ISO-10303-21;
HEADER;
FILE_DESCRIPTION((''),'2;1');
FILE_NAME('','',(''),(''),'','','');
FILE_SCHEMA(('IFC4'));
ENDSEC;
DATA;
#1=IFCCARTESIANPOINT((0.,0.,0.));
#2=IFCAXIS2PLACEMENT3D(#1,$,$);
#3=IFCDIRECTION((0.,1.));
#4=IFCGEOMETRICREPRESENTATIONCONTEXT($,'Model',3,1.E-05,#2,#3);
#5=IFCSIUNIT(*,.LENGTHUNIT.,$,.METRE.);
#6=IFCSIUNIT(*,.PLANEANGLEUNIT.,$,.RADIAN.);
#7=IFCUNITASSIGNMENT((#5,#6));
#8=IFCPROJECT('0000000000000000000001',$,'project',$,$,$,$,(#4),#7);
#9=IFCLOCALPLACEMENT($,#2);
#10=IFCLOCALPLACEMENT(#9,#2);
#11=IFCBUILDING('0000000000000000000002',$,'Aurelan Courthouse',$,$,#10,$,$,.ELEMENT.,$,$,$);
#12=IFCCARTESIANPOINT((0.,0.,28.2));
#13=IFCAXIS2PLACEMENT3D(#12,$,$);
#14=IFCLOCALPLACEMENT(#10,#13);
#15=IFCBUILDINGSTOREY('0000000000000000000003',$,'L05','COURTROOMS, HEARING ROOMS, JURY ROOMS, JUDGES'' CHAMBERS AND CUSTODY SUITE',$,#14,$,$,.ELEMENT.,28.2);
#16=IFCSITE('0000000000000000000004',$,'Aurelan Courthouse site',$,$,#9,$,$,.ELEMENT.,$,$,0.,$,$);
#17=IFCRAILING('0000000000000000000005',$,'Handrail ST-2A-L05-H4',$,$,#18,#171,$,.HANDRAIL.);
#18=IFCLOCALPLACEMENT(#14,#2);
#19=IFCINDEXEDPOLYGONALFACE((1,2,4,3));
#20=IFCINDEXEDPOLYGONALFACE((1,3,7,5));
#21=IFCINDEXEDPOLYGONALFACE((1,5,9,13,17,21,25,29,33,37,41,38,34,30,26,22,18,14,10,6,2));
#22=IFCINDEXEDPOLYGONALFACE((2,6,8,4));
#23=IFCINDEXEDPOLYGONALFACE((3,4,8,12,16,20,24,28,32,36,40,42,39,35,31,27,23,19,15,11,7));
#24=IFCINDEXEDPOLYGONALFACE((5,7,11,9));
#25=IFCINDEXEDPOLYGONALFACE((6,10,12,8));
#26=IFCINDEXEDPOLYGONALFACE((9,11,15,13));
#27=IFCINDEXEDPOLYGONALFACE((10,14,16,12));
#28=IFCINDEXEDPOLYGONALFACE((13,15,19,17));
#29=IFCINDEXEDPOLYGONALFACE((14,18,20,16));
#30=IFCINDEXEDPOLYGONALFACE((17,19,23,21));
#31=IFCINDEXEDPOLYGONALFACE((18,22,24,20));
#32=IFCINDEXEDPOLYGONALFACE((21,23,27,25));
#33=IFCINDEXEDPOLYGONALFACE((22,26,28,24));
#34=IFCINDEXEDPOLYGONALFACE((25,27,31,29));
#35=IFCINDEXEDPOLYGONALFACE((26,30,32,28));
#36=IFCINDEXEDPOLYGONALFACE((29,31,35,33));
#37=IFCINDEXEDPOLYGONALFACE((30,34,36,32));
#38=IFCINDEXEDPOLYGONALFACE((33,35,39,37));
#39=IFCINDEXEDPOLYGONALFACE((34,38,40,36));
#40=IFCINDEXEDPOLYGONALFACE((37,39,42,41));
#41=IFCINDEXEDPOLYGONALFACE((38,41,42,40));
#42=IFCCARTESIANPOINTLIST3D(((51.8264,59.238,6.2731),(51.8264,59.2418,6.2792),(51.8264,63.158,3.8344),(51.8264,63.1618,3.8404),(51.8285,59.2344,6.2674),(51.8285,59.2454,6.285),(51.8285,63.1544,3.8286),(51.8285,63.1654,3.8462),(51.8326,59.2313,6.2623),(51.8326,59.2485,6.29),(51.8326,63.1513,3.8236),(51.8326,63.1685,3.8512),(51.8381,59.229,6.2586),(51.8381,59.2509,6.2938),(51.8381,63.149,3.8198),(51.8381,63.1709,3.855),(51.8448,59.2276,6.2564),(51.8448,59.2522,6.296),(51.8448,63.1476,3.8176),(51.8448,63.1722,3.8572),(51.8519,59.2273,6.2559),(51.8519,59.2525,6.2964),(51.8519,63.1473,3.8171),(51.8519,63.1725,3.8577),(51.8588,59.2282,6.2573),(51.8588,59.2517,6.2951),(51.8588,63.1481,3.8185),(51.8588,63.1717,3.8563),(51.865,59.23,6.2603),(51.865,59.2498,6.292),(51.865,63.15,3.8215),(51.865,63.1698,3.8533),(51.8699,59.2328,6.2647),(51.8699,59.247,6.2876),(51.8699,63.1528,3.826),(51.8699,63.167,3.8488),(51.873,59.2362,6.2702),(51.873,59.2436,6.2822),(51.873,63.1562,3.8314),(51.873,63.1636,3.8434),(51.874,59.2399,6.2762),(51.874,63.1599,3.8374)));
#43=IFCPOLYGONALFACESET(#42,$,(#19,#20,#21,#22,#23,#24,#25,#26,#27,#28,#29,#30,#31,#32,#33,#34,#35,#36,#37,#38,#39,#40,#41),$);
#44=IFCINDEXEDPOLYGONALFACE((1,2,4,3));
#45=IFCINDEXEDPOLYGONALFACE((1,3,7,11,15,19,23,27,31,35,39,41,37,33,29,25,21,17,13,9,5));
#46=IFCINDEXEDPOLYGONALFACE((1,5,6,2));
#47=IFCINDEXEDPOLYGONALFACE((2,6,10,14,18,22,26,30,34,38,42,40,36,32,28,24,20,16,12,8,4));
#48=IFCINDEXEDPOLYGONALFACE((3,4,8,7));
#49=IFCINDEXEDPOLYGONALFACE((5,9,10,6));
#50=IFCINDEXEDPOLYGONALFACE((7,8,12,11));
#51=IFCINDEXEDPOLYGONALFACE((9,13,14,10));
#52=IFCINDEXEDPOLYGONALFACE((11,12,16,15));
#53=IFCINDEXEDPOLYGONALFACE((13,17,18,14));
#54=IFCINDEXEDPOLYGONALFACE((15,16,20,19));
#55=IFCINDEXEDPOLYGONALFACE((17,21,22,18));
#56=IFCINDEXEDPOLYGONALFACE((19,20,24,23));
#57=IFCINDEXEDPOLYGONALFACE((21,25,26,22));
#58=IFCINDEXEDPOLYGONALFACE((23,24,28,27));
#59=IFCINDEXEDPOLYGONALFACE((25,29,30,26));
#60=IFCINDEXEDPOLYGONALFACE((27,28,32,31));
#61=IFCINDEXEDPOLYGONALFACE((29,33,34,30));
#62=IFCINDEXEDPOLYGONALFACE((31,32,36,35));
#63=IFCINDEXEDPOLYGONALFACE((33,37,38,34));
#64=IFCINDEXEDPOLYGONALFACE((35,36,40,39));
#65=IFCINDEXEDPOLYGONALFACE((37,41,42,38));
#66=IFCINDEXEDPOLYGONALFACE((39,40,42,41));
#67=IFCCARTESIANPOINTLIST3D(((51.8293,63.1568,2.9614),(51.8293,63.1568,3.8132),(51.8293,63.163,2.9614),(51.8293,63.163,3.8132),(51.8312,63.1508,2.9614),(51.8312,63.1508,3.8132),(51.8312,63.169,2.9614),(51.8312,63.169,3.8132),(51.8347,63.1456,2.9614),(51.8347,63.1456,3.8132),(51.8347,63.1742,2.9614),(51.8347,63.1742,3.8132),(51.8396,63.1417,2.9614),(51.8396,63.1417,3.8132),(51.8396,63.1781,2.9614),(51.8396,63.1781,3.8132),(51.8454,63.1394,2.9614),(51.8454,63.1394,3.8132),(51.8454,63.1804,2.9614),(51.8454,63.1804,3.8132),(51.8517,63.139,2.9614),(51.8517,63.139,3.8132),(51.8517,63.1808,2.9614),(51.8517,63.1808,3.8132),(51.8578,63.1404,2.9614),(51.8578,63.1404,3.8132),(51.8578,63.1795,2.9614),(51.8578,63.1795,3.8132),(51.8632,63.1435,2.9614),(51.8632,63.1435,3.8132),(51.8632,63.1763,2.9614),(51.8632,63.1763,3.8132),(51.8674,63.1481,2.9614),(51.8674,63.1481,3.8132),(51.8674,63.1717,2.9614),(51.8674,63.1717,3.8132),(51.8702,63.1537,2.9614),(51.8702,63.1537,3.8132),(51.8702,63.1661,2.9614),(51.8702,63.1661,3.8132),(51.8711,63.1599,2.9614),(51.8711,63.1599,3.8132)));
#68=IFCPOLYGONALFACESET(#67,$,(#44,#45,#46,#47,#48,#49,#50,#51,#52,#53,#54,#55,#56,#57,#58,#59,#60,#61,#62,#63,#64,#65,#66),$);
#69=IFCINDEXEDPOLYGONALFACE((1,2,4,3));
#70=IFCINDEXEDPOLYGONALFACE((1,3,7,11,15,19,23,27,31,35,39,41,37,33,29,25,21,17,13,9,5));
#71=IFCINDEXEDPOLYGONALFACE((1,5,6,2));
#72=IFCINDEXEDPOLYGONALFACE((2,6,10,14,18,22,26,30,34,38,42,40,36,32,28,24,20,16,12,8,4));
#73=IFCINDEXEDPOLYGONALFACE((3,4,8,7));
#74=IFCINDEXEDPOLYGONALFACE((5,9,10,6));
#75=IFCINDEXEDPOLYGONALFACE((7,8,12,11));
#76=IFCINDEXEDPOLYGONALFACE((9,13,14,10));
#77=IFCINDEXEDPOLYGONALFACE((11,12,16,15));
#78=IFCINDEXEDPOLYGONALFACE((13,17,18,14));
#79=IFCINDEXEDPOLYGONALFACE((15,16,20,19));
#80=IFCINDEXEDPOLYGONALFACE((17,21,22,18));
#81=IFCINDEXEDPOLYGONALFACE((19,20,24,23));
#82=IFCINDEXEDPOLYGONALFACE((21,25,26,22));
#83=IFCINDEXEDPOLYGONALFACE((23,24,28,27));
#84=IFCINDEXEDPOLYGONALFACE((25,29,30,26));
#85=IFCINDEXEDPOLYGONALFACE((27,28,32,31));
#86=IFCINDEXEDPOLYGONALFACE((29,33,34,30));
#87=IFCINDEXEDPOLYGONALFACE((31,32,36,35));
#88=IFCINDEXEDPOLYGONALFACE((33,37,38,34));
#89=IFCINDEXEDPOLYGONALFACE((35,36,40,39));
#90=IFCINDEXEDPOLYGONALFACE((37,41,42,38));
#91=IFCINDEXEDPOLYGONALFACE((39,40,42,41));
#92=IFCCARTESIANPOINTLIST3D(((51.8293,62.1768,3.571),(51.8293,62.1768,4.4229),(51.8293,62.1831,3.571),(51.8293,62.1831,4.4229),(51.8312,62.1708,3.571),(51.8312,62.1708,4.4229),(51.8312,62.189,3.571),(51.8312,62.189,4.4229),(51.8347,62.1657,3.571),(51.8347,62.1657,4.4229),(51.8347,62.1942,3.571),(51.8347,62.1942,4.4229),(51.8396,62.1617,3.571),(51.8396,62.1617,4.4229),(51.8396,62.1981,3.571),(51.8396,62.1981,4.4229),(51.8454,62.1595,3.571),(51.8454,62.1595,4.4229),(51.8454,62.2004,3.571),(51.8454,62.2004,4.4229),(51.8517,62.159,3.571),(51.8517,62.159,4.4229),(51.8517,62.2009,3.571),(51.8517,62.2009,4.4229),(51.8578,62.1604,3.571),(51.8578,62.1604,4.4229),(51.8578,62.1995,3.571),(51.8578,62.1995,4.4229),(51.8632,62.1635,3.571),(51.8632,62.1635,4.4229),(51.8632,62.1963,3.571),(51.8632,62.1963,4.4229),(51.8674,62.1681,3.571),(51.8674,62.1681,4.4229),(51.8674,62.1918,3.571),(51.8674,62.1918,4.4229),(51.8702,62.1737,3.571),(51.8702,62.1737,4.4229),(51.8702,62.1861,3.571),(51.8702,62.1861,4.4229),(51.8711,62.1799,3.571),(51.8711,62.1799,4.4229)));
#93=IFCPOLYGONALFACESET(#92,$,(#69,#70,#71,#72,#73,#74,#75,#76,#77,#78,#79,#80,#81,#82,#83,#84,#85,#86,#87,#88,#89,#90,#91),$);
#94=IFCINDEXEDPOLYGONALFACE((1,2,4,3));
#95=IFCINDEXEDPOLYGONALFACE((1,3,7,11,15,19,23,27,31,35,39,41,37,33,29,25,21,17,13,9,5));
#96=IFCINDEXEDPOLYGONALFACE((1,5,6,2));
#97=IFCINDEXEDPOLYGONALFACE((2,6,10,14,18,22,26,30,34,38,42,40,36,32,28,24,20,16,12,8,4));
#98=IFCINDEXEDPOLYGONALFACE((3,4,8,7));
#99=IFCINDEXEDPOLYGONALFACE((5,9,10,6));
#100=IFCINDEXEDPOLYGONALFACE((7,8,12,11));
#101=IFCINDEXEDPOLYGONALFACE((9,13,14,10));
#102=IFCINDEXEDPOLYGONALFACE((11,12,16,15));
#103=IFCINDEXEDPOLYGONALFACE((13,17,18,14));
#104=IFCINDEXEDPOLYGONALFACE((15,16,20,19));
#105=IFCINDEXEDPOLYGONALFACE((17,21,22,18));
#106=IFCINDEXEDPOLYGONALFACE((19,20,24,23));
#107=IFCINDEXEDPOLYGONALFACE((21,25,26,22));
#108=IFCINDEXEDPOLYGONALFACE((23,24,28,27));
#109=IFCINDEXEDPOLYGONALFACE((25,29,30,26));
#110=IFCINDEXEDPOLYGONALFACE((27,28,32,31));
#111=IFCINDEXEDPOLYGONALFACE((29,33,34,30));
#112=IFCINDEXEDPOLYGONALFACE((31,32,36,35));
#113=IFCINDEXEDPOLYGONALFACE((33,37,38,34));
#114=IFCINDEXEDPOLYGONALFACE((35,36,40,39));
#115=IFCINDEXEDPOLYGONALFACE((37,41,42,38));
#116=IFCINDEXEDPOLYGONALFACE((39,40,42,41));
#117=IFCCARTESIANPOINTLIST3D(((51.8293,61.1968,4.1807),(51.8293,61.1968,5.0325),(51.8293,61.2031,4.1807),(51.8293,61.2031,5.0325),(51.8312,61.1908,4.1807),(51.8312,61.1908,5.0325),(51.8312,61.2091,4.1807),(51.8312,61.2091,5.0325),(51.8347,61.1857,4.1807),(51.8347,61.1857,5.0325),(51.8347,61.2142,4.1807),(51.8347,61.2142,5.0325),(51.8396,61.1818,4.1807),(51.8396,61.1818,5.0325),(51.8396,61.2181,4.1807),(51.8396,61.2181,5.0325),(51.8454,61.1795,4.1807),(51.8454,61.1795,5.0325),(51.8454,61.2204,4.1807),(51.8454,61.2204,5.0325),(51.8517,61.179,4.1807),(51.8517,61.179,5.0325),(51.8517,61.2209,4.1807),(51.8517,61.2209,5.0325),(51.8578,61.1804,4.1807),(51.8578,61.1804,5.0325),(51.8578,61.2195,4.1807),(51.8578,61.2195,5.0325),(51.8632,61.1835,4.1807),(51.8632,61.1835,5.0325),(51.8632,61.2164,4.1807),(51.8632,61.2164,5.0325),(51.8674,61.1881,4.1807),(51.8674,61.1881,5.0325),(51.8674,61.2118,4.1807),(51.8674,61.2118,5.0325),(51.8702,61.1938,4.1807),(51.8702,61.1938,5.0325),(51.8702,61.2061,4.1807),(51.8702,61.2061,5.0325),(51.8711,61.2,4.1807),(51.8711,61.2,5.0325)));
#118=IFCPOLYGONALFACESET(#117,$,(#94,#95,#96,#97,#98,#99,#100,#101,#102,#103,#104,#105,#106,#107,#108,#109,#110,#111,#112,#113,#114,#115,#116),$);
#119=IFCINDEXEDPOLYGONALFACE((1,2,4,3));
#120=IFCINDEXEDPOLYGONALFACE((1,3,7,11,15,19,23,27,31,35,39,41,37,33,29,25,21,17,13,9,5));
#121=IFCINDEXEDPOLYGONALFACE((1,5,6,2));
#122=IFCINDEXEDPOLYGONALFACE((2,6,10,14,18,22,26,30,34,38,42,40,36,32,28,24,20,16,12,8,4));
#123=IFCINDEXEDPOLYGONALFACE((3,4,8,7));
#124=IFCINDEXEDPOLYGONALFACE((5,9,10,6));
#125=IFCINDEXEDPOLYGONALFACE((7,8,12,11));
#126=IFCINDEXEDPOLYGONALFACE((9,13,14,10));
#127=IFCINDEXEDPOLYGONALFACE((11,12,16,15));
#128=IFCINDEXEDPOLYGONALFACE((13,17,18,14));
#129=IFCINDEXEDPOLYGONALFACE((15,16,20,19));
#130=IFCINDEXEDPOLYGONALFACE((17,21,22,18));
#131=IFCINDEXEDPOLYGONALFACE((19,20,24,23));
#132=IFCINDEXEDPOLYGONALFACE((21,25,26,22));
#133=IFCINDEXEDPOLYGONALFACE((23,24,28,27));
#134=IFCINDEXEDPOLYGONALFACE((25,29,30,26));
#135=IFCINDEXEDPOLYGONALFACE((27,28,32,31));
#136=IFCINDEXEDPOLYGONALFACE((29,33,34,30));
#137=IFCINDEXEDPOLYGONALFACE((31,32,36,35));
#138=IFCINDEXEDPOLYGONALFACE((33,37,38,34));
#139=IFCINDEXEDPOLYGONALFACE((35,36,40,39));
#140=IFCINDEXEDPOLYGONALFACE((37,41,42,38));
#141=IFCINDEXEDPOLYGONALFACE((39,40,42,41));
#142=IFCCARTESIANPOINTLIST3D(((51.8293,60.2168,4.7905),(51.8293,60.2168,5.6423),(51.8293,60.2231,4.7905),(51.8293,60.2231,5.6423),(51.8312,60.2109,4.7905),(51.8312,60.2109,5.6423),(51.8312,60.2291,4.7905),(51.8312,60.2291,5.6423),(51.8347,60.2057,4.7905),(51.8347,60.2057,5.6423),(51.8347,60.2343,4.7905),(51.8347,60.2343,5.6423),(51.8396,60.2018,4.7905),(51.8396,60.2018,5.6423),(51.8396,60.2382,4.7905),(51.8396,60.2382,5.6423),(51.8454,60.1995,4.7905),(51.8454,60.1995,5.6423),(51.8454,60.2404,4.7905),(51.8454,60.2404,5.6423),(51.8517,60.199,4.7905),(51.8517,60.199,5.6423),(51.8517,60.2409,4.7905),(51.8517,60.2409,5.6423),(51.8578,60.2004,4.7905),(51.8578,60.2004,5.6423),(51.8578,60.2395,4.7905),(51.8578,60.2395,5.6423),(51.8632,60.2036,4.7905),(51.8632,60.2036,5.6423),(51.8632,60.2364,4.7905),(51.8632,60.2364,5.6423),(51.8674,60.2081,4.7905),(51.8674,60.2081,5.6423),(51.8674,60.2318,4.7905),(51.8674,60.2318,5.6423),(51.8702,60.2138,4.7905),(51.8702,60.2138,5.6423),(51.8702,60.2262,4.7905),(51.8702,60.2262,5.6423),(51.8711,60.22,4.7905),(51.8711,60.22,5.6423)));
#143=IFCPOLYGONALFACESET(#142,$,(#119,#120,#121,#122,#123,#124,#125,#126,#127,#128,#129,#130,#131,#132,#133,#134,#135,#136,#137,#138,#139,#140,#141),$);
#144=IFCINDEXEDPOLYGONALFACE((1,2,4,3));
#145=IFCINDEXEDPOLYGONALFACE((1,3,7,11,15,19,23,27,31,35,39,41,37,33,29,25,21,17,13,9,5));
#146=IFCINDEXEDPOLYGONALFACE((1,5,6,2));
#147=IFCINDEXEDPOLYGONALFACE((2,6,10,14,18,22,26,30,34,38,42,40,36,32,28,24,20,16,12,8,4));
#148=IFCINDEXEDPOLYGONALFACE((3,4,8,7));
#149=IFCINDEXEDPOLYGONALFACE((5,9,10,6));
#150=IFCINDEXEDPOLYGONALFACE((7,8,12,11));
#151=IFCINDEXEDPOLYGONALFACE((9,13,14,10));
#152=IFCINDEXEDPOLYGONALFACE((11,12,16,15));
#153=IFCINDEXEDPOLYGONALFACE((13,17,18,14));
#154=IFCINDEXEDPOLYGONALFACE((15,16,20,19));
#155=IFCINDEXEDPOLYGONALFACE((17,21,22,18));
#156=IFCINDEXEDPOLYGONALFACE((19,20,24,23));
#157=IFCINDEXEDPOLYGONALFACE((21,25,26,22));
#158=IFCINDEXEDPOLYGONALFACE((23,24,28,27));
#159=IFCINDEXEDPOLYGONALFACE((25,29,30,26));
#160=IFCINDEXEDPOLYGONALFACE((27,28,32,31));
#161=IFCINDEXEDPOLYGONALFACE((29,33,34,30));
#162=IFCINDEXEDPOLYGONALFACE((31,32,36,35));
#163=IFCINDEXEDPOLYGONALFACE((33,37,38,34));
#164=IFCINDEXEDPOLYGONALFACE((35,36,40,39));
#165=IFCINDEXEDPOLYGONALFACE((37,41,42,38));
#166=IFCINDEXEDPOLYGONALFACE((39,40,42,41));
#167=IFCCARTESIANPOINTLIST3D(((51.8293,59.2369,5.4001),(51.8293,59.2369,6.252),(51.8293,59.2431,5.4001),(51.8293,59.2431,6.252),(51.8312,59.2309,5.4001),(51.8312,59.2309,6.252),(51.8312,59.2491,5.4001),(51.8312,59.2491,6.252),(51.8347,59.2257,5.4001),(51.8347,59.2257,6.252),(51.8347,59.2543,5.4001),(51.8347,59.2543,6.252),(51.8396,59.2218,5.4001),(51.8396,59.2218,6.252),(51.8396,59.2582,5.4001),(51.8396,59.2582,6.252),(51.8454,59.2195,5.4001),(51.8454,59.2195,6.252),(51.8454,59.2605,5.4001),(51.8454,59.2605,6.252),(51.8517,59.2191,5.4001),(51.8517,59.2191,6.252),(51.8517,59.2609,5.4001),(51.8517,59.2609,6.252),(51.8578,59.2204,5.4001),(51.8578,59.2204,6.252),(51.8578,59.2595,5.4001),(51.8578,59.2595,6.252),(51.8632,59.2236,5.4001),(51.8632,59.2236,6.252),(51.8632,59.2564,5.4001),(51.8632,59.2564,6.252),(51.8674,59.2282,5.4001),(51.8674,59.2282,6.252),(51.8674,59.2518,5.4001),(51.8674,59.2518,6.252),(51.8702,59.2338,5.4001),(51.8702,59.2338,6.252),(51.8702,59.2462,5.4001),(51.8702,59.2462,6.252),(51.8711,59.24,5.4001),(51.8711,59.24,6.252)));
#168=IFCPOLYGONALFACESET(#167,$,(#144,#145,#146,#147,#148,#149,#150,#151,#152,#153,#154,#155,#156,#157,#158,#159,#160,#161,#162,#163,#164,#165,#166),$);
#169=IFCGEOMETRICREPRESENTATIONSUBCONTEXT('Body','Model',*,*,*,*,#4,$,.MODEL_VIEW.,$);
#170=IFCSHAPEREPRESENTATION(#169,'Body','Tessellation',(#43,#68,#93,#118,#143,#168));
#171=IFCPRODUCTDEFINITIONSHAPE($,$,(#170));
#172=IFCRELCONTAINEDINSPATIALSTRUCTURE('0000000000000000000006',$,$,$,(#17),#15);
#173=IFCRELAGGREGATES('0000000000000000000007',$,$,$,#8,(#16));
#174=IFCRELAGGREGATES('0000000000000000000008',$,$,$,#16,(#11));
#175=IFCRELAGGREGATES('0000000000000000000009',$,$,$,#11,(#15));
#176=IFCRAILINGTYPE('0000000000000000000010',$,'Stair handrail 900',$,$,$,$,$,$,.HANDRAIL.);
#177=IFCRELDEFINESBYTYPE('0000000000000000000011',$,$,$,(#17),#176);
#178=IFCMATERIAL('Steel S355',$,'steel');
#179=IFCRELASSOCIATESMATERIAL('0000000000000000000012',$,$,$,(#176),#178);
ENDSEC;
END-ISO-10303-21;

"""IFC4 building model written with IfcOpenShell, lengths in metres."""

from ifc_helpers import new_model, si_unit, direction, frame, origin, origin_2d, place, context, subcontext, project, spatial, circle, extrude, material, type_object, element, save


model = new_model("IFC4")

# Units and contexts
model_context = context("Model", 3, precision=1e-05, world=origin(), true_north=direction((0.0, 1.0)))
body_context = subcontext(model_context, "Body", "Model", "MODEL_VIEW")
ifc_project = project(units=[si_unit("LENGTHUNIT", "METRE"), si_unit("PLANEANGLEUNIT", "RADIAN")], contexts=[model_context])

# Site, building, storey
site_placement = place(None, origin())
site = spatial("IfcSite", under=ifc_project, at=site_placement, Name="Aurelan Courthouse site", CompositionType="ELEMENT", RefElevation=0.0)
building_placement = place(site_placement, origin())
building = spatial("IfcBuilding", under=site, at=building_placement, Name="Aurelan Courthouse", CompositionType="ELEMENT")
storey_placement = place(building_placement, frame((0.0, 0.0, 28.2)))
storey = spatial("IfcBuildingStorey", under=building, at=storey_placement, Name="L05", Description="COURTROOMS, HEARING ROOMS, JURY ROOMS, JUDGES' CHAMBERS AND CUSTODY SUITE", CompositionType="ELEMENT", Elevation=28.2)

# Railing
ifc_material_1 = material(Name="Steel S355", Category="steel")
railing_type_1 = type_object("IfcRailingType", Name="Stair handrail 900", PredefinedType="HANDRAIL", material=ifc_material_1)
for number, where, name in (
    (1, (51.8501, 63.1599, 2.9614), "Handrail ST-2A-L05-H4"),
):
    element("IfcRailing", number, at=place(storey_placement, frame(where)), inside=storey, type_object=railing_type_1, Name=name, PredefinedType="HANDRAIL", context=body_context, shape_type="SweptSolid", body=[
        extrude(circle(Radius=0.0239, at=origin_2d()), frame((0.0, 0.0, 0.876), z_axis=(0.0, -0.84909, 0.528249), x_axis=(1.0, 0.0, 0.0)), (0.0, 0.0, 1.0), 4.6167),
        extrude(circle(Radius=0.021, at=origin_2d()), origin(), (0.0, 0.0, 1.0), 0.8518),
        extrude(circle(Radius=0.021, at=origin_2d()), frame((0.0, -0.98, 0.6096)), (0.0, 0.0, 1.0), 0.8518),
        extrude(circle(Radius=0.021, at=origin_2d()), frame((0.0, -1.96, 1.2192)), (0.0, 0.0, 1.0), 0.8518),
        extrude(circle(Radius=0.021, at=origin_2d()), frame((0.0, -2.9399, 1.8291)), (0.0, 0.0, 1.0), 0.8518),
        extrude(circle(Radius=0.021, at=origin_2d()), frame((0.0, -3.9199, 2.4387)), (0.0, 0.0, 1.0), 0.8518),
    ])

save(model, "model.ifc")
